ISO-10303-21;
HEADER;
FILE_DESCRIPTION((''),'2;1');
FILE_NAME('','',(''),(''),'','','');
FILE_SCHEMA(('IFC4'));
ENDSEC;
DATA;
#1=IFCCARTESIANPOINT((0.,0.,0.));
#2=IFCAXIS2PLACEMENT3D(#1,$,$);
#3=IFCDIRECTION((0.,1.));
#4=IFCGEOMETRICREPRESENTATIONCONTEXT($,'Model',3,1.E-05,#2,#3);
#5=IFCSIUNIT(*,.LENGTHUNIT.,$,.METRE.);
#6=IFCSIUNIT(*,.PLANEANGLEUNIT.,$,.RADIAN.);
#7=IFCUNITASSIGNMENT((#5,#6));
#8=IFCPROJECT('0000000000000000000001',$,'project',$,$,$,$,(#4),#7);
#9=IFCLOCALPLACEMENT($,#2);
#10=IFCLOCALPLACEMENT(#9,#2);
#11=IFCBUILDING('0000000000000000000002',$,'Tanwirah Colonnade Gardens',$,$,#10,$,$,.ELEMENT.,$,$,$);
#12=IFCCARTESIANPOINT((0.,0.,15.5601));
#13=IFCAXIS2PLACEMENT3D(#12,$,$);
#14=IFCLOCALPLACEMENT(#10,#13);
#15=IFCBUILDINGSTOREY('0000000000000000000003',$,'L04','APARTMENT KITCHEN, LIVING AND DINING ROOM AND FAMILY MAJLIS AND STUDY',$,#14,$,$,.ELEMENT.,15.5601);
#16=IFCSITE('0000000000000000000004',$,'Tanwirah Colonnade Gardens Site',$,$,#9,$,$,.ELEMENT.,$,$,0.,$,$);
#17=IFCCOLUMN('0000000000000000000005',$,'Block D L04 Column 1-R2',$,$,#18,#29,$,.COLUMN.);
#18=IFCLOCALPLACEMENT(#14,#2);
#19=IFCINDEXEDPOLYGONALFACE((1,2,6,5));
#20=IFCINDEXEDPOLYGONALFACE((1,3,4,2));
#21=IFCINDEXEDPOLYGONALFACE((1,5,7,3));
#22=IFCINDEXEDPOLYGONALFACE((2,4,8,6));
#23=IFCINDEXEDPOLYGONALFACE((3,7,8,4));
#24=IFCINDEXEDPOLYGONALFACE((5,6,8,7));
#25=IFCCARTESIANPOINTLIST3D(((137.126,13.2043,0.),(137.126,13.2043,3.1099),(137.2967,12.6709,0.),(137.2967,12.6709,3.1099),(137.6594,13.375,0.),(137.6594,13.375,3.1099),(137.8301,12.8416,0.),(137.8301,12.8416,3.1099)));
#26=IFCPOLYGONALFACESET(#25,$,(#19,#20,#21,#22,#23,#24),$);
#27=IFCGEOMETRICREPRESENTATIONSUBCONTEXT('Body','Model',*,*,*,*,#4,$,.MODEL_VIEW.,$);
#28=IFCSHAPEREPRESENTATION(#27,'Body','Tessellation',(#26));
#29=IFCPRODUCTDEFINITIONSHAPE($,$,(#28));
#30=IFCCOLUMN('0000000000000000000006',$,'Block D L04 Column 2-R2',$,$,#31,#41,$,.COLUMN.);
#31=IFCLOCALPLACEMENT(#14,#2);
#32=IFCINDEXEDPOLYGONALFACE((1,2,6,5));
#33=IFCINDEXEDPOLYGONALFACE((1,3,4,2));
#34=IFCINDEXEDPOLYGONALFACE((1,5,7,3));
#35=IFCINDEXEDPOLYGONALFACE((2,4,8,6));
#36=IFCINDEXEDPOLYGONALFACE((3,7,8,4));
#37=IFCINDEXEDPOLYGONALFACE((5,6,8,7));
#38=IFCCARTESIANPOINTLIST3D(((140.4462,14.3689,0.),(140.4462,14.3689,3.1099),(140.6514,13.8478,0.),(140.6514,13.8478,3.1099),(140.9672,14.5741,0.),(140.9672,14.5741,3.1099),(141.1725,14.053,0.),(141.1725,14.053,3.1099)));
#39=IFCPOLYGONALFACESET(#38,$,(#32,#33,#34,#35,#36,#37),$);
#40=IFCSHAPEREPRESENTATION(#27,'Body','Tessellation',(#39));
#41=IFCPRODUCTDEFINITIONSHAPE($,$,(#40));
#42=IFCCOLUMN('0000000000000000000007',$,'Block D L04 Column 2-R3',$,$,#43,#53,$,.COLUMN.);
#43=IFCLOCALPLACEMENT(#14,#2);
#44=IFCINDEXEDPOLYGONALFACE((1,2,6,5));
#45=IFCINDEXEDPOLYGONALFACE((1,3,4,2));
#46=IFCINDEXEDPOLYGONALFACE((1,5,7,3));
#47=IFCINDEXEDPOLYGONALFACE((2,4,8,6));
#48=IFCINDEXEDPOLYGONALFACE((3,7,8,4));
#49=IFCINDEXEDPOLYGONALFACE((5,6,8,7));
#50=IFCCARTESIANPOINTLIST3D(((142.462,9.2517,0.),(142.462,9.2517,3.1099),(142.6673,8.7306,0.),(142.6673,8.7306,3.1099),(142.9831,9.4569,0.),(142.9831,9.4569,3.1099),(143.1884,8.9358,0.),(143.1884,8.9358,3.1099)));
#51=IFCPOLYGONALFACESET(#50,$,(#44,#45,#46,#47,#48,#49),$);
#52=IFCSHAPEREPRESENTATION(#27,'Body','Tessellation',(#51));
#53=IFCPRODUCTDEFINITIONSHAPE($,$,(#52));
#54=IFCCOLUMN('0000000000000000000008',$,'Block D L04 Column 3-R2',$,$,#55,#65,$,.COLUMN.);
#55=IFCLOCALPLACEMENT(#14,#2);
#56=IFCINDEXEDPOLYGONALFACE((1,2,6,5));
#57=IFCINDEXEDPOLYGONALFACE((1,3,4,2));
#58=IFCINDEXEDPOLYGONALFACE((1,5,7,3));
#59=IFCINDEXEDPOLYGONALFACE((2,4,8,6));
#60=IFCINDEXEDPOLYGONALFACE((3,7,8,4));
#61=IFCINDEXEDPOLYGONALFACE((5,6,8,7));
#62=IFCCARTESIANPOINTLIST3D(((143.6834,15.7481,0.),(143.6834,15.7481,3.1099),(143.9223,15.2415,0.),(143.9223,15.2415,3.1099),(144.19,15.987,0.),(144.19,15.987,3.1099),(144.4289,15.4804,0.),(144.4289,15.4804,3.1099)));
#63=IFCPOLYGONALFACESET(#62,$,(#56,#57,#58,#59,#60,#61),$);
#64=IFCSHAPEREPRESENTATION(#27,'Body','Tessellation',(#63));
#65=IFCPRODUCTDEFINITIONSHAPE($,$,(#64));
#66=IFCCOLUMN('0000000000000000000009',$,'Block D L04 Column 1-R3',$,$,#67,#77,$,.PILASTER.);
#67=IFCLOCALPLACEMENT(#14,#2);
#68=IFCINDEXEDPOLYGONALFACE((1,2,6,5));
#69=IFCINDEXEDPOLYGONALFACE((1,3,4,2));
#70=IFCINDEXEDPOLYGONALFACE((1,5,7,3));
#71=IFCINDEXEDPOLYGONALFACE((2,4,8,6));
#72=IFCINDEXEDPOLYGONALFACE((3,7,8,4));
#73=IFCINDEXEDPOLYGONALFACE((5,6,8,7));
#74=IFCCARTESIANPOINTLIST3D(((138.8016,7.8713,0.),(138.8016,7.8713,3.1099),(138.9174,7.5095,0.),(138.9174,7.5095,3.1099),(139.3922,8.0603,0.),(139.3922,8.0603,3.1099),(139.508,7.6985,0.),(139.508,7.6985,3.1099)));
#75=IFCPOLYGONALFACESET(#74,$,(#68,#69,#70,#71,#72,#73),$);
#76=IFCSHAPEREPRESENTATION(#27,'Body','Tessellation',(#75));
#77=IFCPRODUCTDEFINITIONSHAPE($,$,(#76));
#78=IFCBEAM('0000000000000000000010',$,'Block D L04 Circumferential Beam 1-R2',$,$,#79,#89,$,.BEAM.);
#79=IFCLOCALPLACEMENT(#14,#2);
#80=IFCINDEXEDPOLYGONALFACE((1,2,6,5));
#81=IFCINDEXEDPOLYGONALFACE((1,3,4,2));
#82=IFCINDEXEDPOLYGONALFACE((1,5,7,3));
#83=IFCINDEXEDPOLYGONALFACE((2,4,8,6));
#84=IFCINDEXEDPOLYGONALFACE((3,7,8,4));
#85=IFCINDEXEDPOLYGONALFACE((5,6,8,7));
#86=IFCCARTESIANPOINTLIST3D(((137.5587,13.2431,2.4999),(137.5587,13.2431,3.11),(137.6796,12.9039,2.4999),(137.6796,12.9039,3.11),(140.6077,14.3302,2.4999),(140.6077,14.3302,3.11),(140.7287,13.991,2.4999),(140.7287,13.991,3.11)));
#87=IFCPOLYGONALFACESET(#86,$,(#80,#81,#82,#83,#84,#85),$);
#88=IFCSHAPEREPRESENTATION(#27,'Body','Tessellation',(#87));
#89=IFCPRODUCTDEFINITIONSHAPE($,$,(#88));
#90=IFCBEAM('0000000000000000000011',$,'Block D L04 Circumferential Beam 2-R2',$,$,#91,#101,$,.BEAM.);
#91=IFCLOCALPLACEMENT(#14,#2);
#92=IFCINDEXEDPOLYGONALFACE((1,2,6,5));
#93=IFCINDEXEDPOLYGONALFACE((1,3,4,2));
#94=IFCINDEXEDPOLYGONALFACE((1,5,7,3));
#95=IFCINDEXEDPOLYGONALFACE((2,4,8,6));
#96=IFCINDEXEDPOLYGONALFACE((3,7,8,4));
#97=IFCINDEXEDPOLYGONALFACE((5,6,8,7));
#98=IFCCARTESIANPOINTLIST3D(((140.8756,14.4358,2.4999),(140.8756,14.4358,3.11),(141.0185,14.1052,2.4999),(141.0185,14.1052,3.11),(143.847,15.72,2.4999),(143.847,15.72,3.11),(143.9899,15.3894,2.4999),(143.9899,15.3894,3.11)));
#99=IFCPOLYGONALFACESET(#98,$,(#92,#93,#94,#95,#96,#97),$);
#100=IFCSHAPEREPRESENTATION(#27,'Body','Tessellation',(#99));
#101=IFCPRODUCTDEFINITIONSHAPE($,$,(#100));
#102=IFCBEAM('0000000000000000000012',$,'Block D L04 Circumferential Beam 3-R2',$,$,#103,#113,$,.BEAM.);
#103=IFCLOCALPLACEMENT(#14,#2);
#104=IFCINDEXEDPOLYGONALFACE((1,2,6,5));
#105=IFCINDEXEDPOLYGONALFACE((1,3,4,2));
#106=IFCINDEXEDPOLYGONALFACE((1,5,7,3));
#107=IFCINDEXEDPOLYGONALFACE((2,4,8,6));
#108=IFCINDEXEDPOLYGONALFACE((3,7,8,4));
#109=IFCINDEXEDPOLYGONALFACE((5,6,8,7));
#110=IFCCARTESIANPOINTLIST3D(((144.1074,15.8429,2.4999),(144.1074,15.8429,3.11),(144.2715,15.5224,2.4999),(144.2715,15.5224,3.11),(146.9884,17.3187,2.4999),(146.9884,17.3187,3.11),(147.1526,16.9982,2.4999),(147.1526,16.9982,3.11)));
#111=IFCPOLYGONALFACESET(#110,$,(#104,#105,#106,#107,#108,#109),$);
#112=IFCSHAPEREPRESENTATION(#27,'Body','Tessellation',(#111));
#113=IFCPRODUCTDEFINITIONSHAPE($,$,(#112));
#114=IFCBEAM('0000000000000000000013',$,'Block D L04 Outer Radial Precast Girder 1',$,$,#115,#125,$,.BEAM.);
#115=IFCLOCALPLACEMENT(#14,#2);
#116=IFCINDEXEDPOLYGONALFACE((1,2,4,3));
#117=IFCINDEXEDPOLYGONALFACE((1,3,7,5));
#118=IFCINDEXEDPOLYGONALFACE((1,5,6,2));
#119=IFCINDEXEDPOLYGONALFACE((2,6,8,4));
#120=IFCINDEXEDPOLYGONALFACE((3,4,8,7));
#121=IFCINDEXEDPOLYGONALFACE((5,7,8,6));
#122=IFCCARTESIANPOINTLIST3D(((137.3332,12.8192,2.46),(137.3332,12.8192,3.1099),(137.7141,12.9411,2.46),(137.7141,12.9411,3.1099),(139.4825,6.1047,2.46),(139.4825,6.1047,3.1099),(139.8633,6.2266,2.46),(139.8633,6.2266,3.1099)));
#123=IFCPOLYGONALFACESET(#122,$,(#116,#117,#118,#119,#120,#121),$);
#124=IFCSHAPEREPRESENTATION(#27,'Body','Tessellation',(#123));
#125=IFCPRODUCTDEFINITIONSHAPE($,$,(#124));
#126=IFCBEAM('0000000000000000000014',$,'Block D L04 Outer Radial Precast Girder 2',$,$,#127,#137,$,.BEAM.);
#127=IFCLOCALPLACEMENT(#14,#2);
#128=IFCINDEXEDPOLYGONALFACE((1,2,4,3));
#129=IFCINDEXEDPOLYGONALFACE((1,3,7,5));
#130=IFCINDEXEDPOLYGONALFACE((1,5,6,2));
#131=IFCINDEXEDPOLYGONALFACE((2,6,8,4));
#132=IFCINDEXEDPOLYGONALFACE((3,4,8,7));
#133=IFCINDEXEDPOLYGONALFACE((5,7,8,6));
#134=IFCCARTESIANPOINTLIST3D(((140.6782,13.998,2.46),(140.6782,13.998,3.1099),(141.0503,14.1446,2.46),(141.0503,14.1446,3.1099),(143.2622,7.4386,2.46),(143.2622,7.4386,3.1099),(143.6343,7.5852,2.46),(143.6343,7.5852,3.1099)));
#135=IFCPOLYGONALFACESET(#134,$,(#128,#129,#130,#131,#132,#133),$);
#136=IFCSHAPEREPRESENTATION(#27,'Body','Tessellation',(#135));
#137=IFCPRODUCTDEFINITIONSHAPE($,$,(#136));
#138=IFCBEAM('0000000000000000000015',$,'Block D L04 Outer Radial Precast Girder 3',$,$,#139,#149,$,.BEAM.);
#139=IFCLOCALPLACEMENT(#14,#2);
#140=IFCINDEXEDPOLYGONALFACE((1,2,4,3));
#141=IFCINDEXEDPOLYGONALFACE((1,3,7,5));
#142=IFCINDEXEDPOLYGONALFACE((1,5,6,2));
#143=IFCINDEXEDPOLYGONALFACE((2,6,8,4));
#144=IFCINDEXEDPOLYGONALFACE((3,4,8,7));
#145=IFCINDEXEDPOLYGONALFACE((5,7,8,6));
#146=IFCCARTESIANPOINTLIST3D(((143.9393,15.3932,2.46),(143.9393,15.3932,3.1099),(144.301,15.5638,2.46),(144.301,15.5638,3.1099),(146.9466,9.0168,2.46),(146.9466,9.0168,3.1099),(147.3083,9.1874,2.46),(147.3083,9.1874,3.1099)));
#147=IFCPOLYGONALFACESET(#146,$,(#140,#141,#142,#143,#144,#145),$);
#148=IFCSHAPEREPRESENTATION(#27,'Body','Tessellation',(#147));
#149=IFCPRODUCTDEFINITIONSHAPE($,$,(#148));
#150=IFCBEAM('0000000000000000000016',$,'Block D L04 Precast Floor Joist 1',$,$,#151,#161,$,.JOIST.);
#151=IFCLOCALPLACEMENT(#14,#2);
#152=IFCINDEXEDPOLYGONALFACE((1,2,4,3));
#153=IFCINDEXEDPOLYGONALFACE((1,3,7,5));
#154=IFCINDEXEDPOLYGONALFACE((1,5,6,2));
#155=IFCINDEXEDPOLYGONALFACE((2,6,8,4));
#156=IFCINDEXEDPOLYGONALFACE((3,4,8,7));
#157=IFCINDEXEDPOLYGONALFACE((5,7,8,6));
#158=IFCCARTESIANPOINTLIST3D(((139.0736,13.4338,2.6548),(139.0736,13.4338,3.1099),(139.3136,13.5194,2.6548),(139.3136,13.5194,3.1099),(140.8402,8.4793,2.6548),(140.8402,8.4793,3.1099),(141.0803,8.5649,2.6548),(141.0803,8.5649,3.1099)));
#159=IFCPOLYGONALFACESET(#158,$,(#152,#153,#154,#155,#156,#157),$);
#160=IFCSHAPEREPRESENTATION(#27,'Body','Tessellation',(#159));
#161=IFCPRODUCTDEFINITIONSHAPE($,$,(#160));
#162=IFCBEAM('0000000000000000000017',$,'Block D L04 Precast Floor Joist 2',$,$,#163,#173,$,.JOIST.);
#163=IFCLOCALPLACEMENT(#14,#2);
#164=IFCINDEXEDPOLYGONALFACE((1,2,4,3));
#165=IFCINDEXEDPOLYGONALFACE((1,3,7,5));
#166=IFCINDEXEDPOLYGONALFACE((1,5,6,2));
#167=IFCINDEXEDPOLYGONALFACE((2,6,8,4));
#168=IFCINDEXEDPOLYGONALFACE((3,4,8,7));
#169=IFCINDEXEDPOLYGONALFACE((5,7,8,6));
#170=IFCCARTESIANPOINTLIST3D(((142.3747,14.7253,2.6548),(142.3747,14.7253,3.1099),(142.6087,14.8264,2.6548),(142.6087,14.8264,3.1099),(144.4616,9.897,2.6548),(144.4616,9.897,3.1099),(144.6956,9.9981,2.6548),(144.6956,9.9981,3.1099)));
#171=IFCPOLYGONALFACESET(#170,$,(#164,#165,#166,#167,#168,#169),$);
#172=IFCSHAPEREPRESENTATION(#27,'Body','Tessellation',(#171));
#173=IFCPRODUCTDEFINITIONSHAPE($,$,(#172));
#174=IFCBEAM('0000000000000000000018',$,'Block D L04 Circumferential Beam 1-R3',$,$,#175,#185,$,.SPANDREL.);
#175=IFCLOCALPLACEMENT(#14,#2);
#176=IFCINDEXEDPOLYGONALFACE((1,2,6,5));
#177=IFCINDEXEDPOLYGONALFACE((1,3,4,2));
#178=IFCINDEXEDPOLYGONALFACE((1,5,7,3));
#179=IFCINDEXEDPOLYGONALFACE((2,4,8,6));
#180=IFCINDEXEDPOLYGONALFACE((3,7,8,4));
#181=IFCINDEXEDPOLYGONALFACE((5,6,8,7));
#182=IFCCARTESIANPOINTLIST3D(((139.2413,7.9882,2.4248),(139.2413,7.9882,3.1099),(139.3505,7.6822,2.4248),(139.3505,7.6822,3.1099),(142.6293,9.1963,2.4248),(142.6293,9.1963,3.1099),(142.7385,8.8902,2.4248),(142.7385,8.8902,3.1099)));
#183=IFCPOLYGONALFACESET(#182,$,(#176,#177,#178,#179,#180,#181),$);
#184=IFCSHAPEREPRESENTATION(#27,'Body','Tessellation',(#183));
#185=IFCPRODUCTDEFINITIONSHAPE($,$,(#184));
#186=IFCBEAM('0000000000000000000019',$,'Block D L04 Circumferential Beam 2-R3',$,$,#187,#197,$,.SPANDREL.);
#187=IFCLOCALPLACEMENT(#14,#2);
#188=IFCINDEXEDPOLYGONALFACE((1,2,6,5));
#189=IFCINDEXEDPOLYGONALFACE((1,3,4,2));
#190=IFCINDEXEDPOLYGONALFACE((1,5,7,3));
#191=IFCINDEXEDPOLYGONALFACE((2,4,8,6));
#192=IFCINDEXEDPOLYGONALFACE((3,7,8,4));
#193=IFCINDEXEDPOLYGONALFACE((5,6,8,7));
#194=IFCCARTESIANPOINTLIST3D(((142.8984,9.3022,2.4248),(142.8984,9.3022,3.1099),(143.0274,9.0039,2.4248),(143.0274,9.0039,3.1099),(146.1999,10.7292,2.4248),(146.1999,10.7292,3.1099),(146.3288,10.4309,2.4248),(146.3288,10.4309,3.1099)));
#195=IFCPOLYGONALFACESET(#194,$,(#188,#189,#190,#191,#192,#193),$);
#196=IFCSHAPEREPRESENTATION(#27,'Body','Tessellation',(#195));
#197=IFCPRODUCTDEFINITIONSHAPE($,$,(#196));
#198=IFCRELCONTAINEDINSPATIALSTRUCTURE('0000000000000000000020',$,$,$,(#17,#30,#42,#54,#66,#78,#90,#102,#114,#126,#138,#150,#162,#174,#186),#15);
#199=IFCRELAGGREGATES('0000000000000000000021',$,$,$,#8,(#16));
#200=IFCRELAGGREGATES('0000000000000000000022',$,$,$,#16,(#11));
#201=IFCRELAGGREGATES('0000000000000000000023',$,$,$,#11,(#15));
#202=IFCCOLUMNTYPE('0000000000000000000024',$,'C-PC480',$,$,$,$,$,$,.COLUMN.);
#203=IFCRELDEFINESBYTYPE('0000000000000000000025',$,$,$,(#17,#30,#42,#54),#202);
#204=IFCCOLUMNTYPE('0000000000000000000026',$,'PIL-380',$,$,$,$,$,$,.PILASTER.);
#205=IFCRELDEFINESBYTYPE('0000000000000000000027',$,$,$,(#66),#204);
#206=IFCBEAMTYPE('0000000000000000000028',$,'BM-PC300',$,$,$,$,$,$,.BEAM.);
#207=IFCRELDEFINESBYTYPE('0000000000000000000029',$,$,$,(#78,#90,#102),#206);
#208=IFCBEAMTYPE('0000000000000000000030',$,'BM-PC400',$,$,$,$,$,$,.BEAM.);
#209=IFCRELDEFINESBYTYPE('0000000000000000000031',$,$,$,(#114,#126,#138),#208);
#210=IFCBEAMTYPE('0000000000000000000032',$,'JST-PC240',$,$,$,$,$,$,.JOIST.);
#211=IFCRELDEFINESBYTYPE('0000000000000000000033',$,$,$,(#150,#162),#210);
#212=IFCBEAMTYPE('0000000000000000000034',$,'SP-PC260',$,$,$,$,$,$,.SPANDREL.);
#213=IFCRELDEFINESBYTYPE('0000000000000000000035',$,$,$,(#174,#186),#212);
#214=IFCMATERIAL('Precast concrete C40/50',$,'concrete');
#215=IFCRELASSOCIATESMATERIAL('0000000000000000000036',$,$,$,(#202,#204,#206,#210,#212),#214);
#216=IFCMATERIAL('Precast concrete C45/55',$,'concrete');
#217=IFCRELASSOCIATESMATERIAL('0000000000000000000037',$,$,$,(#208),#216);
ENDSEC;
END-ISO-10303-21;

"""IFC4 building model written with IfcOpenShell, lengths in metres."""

from ifc_helpers import new_model, si_unit, direction, frame, origin, origin_2d, place, context, subcontext, project, spatial, rectangle, extrude, material, material_profile, profile_set, type_object, element, save


model = new_model("IFC4")

# Units and contexts
model_context = context("Model", 3, precision=1e-05, world=origin(), true_north=direction((0.0, 1.0)))
body_context = subcontext(model_context, "Body", "Model", "MODEL_VIEW")
ifc_project = project(units=[si_unit("LENGTHUNIT", "METRE"), si_unit("PLANEANGLEUNIT", "RADIAN")], contexts=[model_context])

# Site, building, storey
site_placement = place(None, origin())
site = spatial("IfcSite", under=ifc_project, at=site_placement, Name="Tanwirah Colonnade Gardens Site", CompositionType="ELEMENT", RefElevation=0.0)
building_placement = place(site_placement, origin())
building = spatial("IfcBuilding", under=site, at=building_placement, Name="Tanwirah Colonnade Gardens", CompositionType="ELEMENT")
storey_placement = place(building_placement, frame((0.0, 0.0, 15.5601)))
storey = spatial("IfcBuildingStorey", under=building, at=storey_placement, Name="L04", Description="APARTMENT KITCHEN, LIVING AND DINING ROOM AND FAMILY MAJLIS AND STUDY", CompositionType="ELEMENT", Elevation=15.5601)

# Columns
ifc_material_1 = material(Name="Precast concrete C40/50", Category="concrete")
ifc_material_profile_1 = material_profile(ifc_material_1, rectangle(XDim=0.5601, YDim=0.5601, at=origin_2d()), Name="PC-COL 560x560")
ifc_profile_set_1 = profile_set([ifc_material_profile_1], Name="Precast concrete C40/50")
column_type_1 = type_object("IfcColumnType", Name="C-PC480", PredefinedType="COLUMN", material=ifc_profile_set_1)
for number, where, z_axis, x_axis, name in (
    (1, (137.478, 13.0229, 0.0), (0.0, 0.0, 1.0), (0.304864, -0.952396, 0.0), "Block D L04 Column 1-R2"),
    (2, (140.8093, 14.2109, 0.0), (0.0, 0.0, 1.0), (0.366501, -0.930418, 0.0), "Block D L04 Column 2-R2"),
    (3, (142.8252, 9.0938, 0.0), (0.0, 0.0, 1.0), (0.366501, -0.930418, 0.0), "Block D L04 Column 2-R3"),
    (4, (144.0562, 15.6143, 0.0), (0.0, 0.0, 1.0), (0.426569, -0.904455, 0.0), "Block D L04 Column 3-R2"),
):
    element("IfcColumn", number, at=place(storey_placement, frame(where, z_axis=z_axis, x_axis=x_axis)), inside=storey, type_object=column_type_1, Name=name, PredefinedType="COLUMN", context=body_context, shape_type="SweptSolid", body=[
        extrude(rectangle(XDim=0.5601, YDim=0.5601, at=origin_2d()), origin(), (0.0, 0.0, 1.0), 3.1099),
    ])
ifc_material_profile_2 = material_profile(ifc_material_1, rectangle(XDim=0.3799, YDim=0.6201, at=origin_2d()), Name="PC-PIL 380x620")
ifc_profile_set_2 = profile_set([ifc_material_profile_2], Name="Precast concrete C40/50")
column_type_2 = type_object("IfcColumnType", Name="PIL-380", PredefinedType="PILASTER", material=ifc_profile_set_2)
column_placement = place(storey_placement, frame((139.1548, 7.7849, 0.0), z_axis=(0.0, 0.0, 1.0), x_axis=(0.304864, -0.952396, 0.0)))
element("IfcColumn", 5, at=column_placement, inside=storey, type_object=column_type_2, Name="Block D L04 Column 1-R3", PredefinedType="PILASTER", context=body_context, shape_type="SweptSolid", body=[
    extrude(rectangle(XDim=0.3799, YDim=0.6201, at=origin_2d()), origin(), (0.0, 0.0, 1.0), 3.1099),
])

# Beams
ifc_material_profile_3 = material_profile(ifc_material_1, rectangle(XDim=0.3601, YDim=0.6101, at=origin_2d()), Name="PC-BM 360x610")
ifc_profile_set_3 = profile_set([ifc_material_profile_3], Name="Precast concrete C40/50")
beam_type_1 = type_object("IfcBeamType", Name="BM-PC300", PredefinedType="BEAM", material=ifc_profile_set_3)
for number, where, z_axis, x_axis, name in (
    (6, (137.6191, 13.0735, 2.8049), (0.941918, 0.335844, 0.0), (-0.335844, 0.941918, 0.0), "Block D L04 Circumferential Beam 1-R2"),
    (7, (140.947, 14.2705, 2.8049), (0.917943, 0.396712, 0.0), (-0.396712, 0.917943, 0.0), "Block D L04 Circumferential Beam 2-R2"),
    (8, (144.1895, 15.6826, 2.8049), (0.890025, 0.455911, 0.0), (-0.455911, 0.890025, 0.0), "Block D L04 Circumferential Beam 3-R2"),
):
    element("IfcBeam", number, at=place(storey_placement, frame(where, z_axis=z_axis, x_axis=x_axis)), inside=storey, type_object=beam_type_1, Name=name, PredefinedType="BEAM", context=body_context, shape_type="SweptSolid", body=[
        extrude(rectangle(XDim=0.3601, YDim=0.6101, at=origin_2d()), origin(), (0.0, 0.0, 1.0), 3.2371),
    ])
ifc_material_2 = material(Name="Precast concrete C45/55", Category="concrete")
ifc_material_profile_4 = material_profile(ifc_material_2, rectangle(XDim=0.3999, YDim=0.6499, at=origin_2d()), Name="PC-BM 400x650")
ifc_profile_set_4 = profile_set([ifc_material_profile_4], Name="Precast concrete C45/55")
beam_type_2 = type_object("IfcBeamType", Name="BM-PC400", PredefinedType="BEAM", material=ifc_profile_set_4)
for number, where, z_axis, x_axis, name in (
    (9, (137.5237, 12.8801, 2.7849), (0.30485, -0.9524, 0.0), (0.9524, 0.30485, 0.0), "Block D L04 Outer Radial Precast Girder 1"),
    (10, (140.8643, 14.0713, 2.7849), (0.366525, -0.930408, 0.0), (0.930408, 0.366525, 0.0), "Block D L04 Outer Radial Precast Girder 2"),
    (11, (144.1201, 15.4785, 2.7849), (0.426567, -0.904456, 0.0), (0.904456, 0.426567, 0.0), "Block D L04 Outer Radial Precast Girder 3"),
):
    element("IfcBeam", number, at=place(storey_placement, frame(where, z_axis=z_axis, x_axis=x_axis)), inside=storey, type_object=beam_type_2, Name=name, PredefinedType="BEAM", context=body_context, shape_type="SweptSolid", body=[
        extrude(rectangle(XDim=0.3999, YDim=0.6499, at=origin_2d()), origin(), (0.0, 0.0, 1.0), 7.05),
    ])
ifc_material_profile_5 = material_profile(ifc_material_1, rectangle(XDim=0.2549, YDim=0.4551, at=origin_2d()), Name="PC-JST 255x455")
ifc_profile_set_5 = profile_set([ifc_material_profile_5], Name="Precast concrete C40/50")
beam_type_3 = type_object("IfcBeamType", Name="JST-PC240", PredefinedType="JOIST", material=ifc_profile_set_5)
for number, where, z_axis, x_axis, name in (
    (12, (139.1936, 13.4766, 2.8823), (0.335863, -0.941911, 0.0), (0.941911, 0.335863, 0.0), "Block D L04 Precast Floor Joist 1"),
    (13, (142.4917, 14.7759, 2.8823), (0.396746, -0.917928, 0.0), (0.917928, 0.396746, 0.0), "Block D L04 Precast Floor Joist 2"),
):
    element("IfcBeam", number, at=place(storey_placement, frame(where, z_axis=z_axis, x_axis=x_axis)), inside=storey, type_object=beam_type_3, Name=name, PredefinedType="JOIST", context=body_context, shape_type="SweptSolid", body=[
        extrude(rectangle(XDim=0.2549, YDim=0.4551, at=origin_2d()), origin(), (0.0, 0.0, 1.0), 5.26),
    ])
ifc_material_profile_6 = material_profile(ifc_material_1, rectangle(XDim=0.325, YDim=0.6851, at=origin_2d()), Name="PC-SP 325x685")
ifc_profile_set_6 = profile_set([ifc_material_profile_6], Name="Precast concrete C40/50")
beam_type_4 = type_object("IfcBeamType", Name="SP-PC260", PredefinedType="SPANDREL", material=ifc_profile_set_6)
beam_1_placement = place(storey_placement, frame((139.2959, 7.8352, 2.7673), z_axis=(0.941915, 0.33585, 0.0), x_axis=(-0.33585, 0.941915, 0.0)))
element("IfcBeam", 14, at=beam_1_placement, inside=storey, type_object=beam_type_4, Name="Block D L04 Circumferential Beam 1-R3", PredefinedType="SPANDREL", context=body_context, shape_type="SweptSolid", body=[
    extrude(rectangle(XDim=0.325, YDim=0.6851, at=origin_2d()), origin(), (0.0, 0.0, 1.0), 3.5969),
])
beam_2_placement = place(storey_placement, frame((142.9629, 9.1531, 2.7673), z_axis=(0.917926, 0.396752, 0.0), x_axis=(-0.396752, 0.917926, 0.0)))
element("IfcBeam", 15, at=beam_2_placement, inside=storey, type_object=beam_type_4, Name="Block D L04 Circumferential Beam 2-R3", PredefinedType="SPANDREL", context=body_context, shape_type="SweptSolid", body=[
    extrude(rectangle(XDim=0.325, YDim=0.6851, at=origin_2d()), origin(), (0.0, 0.0, 1.0), 3.5967),
])

save(model, "model.ifc")
